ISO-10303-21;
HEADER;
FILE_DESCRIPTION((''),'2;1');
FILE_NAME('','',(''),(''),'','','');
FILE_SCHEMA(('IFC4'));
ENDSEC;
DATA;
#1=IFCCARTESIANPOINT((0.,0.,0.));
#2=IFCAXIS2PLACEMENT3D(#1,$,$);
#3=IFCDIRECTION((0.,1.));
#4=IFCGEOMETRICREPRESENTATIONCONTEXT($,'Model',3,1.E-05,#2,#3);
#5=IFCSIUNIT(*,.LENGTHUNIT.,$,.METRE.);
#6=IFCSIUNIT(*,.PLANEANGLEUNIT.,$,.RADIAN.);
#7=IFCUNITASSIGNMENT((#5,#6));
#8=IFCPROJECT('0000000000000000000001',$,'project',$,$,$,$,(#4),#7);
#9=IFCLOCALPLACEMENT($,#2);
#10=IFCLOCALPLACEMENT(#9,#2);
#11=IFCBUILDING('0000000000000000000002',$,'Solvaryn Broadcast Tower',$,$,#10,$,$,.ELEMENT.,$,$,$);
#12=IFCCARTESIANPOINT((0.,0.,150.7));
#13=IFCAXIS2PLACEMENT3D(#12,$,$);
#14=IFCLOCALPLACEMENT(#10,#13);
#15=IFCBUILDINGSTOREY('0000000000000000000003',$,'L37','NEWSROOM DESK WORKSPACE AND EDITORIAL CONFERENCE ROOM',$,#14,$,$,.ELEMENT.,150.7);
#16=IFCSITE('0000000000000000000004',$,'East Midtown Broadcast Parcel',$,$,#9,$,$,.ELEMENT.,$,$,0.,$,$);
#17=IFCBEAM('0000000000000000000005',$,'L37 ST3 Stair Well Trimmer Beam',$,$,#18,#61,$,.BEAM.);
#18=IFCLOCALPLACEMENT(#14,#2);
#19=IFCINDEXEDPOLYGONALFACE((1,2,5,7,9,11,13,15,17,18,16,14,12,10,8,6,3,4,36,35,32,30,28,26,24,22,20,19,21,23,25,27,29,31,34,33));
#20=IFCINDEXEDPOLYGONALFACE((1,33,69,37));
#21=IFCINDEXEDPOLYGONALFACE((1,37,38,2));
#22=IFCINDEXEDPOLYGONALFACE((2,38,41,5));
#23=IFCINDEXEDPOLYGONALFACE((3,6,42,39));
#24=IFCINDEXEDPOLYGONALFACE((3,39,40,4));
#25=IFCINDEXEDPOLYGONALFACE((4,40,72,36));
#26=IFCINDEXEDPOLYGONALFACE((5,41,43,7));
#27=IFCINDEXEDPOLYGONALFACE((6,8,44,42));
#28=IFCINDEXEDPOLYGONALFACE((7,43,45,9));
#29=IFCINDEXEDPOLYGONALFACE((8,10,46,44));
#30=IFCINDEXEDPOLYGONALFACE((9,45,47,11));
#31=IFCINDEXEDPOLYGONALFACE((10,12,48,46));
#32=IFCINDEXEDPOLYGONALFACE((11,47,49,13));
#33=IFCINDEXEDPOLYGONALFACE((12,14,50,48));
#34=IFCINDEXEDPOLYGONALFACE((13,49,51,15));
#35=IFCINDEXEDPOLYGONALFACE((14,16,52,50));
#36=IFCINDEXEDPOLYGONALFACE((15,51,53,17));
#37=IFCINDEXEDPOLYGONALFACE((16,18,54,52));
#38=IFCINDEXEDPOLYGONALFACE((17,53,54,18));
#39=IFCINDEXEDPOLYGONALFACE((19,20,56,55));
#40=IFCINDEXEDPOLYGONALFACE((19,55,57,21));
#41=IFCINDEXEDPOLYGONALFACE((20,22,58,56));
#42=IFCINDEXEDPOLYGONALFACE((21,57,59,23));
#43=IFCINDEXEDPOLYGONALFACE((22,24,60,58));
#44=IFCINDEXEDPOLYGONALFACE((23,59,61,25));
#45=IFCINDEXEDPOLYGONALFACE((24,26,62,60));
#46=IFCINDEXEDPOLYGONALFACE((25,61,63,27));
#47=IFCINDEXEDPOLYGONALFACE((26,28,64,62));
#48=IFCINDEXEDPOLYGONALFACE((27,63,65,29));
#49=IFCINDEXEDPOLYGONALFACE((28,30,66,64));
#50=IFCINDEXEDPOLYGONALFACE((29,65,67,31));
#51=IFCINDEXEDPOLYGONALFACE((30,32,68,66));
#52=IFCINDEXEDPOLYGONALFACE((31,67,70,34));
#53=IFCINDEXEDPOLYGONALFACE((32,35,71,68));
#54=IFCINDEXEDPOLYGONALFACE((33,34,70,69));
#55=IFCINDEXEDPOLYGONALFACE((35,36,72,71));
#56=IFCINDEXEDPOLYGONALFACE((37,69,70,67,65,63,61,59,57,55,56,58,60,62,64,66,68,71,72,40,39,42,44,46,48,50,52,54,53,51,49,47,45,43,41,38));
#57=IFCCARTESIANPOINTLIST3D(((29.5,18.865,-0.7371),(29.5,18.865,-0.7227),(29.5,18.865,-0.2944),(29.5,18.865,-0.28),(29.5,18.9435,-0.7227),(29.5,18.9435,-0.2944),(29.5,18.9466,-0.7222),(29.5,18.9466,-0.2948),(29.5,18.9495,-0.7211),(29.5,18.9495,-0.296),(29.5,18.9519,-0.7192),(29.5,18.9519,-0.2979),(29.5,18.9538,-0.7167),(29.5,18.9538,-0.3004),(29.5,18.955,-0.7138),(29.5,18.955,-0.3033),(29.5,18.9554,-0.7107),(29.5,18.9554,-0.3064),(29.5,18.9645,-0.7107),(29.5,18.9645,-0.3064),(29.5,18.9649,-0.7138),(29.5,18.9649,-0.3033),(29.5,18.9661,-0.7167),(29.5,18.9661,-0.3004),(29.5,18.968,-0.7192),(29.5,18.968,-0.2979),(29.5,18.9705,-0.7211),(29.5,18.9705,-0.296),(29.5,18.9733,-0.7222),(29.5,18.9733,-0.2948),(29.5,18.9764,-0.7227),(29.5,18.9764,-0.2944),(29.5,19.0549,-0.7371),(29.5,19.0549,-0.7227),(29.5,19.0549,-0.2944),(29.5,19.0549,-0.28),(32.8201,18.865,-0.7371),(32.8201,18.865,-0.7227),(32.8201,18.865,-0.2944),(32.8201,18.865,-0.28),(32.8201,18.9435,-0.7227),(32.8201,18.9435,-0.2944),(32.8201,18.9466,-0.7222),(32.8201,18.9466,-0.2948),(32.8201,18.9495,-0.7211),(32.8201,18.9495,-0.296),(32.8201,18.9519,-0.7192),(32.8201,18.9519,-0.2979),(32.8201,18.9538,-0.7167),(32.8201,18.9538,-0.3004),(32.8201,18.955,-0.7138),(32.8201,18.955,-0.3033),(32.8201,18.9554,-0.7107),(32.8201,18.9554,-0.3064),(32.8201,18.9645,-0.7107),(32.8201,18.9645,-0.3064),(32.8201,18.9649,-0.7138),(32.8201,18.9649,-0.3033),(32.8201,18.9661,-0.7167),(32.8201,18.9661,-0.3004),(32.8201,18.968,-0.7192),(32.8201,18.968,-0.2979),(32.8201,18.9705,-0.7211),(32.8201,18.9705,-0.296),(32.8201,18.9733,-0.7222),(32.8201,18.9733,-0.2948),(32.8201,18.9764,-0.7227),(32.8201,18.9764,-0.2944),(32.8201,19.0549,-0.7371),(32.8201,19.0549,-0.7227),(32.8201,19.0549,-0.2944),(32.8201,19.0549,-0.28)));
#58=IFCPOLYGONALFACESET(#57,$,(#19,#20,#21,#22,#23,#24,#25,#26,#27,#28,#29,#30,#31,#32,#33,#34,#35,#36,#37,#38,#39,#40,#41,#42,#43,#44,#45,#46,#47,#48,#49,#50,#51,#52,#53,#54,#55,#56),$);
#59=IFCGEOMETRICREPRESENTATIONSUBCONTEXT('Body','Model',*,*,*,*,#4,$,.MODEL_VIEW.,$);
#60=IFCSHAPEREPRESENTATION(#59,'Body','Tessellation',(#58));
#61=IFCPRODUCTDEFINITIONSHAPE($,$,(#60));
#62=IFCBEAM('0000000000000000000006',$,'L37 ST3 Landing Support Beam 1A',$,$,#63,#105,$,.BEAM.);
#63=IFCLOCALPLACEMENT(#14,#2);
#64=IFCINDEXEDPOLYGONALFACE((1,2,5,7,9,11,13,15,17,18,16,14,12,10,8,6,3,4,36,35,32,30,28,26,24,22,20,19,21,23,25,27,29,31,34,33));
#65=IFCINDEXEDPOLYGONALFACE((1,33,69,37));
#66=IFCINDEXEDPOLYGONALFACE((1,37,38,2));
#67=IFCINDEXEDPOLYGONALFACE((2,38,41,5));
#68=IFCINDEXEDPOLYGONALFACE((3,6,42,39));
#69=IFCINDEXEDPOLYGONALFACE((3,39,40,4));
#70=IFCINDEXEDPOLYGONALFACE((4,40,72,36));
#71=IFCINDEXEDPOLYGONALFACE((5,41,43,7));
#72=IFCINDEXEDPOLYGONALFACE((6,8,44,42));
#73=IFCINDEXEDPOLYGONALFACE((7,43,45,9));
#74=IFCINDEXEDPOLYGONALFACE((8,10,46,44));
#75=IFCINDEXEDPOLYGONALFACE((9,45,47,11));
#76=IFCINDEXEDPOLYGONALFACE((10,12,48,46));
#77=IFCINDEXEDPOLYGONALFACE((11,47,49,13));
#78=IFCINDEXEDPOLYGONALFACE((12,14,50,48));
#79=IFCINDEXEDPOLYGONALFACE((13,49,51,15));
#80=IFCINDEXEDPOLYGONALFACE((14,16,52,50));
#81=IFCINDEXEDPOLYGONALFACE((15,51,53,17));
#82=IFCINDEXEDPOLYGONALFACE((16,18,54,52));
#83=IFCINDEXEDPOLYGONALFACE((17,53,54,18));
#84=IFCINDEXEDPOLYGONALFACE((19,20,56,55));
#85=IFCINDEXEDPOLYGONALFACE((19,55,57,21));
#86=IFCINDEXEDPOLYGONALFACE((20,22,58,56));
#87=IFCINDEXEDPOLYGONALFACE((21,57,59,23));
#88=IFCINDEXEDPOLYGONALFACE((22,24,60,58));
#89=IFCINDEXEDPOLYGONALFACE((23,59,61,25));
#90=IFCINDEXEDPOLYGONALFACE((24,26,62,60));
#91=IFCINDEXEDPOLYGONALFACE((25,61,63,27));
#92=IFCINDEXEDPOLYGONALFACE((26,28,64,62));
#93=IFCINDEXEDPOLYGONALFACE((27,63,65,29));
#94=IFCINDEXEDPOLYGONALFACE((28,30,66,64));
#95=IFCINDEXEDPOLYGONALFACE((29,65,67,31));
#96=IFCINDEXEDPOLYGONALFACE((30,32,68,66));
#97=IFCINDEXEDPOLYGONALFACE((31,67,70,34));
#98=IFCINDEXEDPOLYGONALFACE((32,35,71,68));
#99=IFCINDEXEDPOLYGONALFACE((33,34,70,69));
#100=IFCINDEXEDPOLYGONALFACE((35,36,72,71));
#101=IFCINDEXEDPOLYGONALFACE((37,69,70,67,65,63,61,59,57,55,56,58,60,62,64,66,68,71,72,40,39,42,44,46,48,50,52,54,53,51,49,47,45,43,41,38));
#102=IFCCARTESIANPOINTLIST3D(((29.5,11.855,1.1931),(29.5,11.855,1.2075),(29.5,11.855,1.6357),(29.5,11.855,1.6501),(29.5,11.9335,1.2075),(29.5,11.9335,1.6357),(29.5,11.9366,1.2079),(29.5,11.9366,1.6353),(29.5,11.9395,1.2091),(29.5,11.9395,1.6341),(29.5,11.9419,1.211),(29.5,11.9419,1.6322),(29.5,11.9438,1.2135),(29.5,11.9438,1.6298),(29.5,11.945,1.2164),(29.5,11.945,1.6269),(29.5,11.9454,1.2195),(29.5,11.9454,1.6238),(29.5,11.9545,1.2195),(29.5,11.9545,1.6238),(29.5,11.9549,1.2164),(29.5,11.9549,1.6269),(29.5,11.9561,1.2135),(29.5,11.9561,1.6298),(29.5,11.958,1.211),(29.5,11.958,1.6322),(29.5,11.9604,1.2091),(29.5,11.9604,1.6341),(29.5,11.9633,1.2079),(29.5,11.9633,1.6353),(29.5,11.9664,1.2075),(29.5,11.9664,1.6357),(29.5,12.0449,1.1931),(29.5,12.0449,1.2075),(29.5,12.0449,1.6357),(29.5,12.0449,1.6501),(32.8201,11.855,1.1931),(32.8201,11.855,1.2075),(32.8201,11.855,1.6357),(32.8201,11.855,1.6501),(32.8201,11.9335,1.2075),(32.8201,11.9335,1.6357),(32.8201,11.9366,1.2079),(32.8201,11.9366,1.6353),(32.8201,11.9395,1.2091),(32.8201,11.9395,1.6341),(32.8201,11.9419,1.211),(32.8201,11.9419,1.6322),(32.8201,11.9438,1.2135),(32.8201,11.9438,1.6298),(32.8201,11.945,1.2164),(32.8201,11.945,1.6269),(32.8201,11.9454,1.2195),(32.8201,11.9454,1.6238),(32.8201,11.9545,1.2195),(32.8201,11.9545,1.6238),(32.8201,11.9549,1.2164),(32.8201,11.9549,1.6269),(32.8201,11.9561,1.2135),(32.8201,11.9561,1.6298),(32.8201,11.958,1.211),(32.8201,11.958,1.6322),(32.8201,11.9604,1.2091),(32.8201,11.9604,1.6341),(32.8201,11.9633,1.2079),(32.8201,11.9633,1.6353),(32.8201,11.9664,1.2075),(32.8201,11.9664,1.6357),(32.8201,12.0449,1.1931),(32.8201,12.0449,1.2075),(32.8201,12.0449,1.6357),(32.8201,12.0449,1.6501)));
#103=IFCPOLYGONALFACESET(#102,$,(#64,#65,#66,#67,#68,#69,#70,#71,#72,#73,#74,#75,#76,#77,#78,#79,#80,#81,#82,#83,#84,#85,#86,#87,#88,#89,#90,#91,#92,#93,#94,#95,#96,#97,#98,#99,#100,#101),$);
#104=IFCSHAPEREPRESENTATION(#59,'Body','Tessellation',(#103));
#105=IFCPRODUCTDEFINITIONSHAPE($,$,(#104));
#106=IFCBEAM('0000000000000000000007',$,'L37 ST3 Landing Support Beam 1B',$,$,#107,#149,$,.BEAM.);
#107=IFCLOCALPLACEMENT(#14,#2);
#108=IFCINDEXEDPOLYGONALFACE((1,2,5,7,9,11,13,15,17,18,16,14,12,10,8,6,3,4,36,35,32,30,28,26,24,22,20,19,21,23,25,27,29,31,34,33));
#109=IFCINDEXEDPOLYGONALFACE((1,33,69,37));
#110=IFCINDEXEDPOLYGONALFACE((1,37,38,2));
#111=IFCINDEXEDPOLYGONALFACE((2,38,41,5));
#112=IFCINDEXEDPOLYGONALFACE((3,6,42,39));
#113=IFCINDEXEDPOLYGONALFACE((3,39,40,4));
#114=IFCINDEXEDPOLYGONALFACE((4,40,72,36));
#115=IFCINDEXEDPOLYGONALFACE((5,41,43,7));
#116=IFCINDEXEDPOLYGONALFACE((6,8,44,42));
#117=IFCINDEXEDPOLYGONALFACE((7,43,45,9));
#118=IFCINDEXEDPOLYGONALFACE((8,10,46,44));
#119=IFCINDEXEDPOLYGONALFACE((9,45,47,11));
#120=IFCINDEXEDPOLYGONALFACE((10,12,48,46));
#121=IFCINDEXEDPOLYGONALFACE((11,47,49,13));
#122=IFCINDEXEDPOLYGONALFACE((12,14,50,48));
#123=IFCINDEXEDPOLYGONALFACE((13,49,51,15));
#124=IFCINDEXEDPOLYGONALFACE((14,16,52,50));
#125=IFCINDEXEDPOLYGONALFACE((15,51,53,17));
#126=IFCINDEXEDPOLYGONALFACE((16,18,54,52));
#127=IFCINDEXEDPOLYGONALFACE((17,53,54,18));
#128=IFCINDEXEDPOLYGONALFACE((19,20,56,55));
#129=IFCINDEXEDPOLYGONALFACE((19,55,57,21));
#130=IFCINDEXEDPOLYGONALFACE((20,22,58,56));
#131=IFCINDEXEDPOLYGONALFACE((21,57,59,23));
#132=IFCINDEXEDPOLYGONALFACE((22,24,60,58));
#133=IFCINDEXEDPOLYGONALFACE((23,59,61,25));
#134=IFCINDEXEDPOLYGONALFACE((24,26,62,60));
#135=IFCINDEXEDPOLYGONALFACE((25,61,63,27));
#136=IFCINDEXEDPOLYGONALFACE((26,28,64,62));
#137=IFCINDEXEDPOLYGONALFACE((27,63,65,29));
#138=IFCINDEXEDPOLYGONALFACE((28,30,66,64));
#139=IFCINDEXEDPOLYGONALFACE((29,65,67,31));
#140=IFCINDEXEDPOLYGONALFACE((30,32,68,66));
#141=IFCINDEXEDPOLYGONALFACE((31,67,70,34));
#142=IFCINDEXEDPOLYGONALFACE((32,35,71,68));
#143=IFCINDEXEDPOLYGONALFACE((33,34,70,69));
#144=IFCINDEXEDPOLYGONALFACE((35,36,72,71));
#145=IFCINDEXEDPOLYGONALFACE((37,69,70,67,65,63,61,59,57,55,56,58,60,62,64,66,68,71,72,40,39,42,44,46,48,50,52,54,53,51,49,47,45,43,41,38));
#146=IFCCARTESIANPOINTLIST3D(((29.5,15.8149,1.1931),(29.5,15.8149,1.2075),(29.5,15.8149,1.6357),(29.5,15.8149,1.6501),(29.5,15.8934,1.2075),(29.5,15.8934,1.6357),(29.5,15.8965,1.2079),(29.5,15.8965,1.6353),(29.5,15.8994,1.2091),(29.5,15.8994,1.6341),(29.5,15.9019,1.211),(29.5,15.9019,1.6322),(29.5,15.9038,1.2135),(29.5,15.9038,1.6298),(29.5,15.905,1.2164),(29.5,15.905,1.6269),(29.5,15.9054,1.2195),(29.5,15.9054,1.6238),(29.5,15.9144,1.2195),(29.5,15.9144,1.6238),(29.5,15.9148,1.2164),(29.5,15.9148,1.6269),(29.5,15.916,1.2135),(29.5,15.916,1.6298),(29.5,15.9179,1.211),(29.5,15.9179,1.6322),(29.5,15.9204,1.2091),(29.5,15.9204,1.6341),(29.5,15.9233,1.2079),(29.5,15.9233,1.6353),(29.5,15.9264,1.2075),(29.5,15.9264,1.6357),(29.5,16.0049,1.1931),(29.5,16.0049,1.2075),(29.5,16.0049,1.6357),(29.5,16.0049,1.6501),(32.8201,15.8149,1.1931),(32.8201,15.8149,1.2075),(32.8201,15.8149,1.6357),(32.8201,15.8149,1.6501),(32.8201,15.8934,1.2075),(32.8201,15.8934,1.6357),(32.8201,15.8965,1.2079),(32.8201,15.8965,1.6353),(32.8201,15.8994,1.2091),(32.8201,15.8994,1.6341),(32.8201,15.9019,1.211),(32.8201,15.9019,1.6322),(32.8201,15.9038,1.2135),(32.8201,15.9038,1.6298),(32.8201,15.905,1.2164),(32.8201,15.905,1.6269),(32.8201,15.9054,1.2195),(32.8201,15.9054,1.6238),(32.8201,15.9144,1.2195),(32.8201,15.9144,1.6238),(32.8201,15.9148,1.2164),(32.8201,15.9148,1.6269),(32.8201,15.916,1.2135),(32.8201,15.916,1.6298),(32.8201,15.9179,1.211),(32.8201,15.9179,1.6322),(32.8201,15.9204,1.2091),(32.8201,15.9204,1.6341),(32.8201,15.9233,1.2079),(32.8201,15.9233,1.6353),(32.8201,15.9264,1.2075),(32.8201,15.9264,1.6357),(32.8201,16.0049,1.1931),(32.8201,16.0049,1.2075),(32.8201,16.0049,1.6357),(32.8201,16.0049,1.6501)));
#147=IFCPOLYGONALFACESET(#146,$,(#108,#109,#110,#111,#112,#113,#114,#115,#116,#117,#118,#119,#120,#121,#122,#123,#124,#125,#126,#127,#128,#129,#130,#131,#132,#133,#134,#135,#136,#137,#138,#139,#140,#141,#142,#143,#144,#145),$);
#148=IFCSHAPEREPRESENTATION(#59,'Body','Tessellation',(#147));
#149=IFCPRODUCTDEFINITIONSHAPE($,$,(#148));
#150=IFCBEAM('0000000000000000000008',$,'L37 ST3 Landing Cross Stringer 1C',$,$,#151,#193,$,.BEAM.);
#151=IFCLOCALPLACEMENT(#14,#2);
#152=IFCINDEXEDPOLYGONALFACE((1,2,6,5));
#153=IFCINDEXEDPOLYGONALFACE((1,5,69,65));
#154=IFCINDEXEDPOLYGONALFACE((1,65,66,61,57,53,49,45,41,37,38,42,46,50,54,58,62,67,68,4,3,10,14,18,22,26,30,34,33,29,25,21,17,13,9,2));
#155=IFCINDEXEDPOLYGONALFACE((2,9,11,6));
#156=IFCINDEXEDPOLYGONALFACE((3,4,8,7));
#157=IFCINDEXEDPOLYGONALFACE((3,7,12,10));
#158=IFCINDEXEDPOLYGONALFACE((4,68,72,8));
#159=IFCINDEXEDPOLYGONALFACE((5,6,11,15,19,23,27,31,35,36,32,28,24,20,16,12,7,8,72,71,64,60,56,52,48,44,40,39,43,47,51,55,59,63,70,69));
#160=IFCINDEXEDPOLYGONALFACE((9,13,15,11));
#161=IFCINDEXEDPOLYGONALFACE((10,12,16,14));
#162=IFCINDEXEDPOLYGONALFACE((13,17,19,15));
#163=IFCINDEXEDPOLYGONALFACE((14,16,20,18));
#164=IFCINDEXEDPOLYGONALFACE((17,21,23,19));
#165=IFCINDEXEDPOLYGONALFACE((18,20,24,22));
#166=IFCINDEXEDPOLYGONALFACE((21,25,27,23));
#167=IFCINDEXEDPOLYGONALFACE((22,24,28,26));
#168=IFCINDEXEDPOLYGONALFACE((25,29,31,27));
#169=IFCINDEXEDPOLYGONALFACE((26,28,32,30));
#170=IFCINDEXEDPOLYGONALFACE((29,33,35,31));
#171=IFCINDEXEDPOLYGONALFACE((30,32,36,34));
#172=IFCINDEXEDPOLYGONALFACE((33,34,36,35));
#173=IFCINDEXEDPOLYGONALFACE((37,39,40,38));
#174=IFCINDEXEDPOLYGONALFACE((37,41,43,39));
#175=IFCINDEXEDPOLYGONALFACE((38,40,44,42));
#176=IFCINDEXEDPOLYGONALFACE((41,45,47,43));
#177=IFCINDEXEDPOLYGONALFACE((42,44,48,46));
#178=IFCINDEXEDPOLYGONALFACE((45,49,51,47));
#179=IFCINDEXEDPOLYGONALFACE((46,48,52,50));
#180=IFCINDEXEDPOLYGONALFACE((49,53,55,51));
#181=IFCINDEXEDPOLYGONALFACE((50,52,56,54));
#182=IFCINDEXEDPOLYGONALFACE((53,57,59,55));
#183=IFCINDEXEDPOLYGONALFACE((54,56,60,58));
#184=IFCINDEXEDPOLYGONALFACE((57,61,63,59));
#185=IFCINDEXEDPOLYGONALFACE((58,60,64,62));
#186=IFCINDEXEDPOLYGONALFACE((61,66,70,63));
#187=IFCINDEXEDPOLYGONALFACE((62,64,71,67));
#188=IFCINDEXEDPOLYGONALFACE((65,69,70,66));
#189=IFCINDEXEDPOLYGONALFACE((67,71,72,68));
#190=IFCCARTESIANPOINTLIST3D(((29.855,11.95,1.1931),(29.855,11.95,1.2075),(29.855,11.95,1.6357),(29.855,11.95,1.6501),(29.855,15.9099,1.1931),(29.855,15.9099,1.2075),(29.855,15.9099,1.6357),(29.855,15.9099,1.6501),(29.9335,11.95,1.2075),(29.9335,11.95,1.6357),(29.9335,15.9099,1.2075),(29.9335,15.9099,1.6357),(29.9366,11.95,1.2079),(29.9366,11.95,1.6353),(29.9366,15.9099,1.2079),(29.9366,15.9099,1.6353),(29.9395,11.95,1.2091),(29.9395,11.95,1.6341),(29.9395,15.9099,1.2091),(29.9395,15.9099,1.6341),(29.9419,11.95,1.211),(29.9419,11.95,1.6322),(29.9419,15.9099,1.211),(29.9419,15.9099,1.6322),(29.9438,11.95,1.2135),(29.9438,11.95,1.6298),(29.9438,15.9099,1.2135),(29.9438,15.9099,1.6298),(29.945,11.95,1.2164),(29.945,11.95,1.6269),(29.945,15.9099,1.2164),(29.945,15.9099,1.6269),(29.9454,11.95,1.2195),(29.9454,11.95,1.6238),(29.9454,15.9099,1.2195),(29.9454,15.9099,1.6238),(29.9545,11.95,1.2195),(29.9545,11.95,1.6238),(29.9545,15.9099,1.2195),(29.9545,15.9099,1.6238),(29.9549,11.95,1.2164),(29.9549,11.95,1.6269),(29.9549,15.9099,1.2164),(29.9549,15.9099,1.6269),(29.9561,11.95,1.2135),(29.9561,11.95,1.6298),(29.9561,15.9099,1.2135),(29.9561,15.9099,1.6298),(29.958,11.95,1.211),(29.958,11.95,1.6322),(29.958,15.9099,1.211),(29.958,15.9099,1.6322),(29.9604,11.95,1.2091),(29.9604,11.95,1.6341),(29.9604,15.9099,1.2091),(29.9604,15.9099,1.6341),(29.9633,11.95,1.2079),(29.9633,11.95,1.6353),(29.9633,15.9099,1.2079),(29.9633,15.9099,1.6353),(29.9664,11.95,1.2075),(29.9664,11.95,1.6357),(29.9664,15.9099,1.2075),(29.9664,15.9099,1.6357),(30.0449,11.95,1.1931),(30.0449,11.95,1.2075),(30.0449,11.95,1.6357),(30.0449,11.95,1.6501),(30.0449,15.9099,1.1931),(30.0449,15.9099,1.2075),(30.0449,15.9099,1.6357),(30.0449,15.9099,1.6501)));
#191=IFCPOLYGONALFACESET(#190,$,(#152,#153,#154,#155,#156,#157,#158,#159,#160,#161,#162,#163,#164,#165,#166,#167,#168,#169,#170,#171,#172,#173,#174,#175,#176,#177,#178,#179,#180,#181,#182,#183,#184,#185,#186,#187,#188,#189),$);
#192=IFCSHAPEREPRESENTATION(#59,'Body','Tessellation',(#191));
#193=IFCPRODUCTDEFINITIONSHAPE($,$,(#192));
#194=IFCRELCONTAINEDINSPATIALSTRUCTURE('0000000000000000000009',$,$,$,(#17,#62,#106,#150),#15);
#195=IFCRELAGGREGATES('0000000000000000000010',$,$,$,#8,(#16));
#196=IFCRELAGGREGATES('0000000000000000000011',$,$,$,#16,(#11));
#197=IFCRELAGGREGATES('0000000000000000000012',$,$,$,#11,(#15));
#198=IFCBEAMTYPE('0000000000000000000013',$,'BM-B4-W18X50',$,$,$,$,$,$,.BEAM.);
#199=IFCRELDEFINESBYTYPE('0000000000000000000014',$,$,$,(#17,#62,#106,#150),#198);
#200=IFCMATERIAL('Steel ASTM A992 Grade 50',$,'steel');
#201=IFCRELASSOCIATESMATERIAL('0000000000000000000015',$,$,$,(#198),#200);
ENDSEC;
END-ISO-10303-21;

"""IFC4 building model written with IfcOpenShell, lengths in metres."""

from ifc_helpers import new_model, si_unit, direction, frame, origin, origin_2d, place, context, subcontext, project, spatial, i_section, extrude, material, material_profile, profile_set, type_object, element, save


model = new_model("IFC4")

# Units and contexts
model_context = context("Model", 3, precision=1e-05, world=origin(), true_north=direction((0.0, 1.0)))
body_context = subcontext(model_context, "Body", "Model", "MODEL_VIEW")
ifc_project = project(units=[si_unit("LENGTHUNIT", "METRE"), si_unit("PLANEANGLEUNIT", "RADIAN")], contexts=[model_context])

# Site, building, storey
site_placement = place(None, origin())
site = spatial("IfcSite", under=ifc_project, at=site_placement, Name="East Midtown Broadcast Parcel", CompositionType="ELEMENT", RefElevation=0.0)
building_placement = place(site_placement, origin())
building = spatial("IfcBuilding", under=site, at=building_placement, Name="Solvaryn Broadcast Tower", CompositionType="ELEMENT")
storey_placement = place(building_placement, frame((0.0, 0.0, 150.7)))
storey = spatial("IfcBuildingStorey", under=building, at=storey_placement, Name="L37", Description="NEWSROOM DESK WORKSPACE AND EDITORIAL CONFERENCE ROOM", CompositionType="ELEMENT", Elevation=150.7)

# Beams
ifc_material_1 = material(Name="Steel ASTM A992 Grade 50", Category="steel")
ifc_material_profile_1 = material_profile(ifc_material_1, i_section(OverallWidth=0.1899, OverallDepth=0.457, WebThickness=0.009, FlangeThickness=0.0144, FilletRadius=0.012, at=origin_2d()))
ifc_profile_set_1 = profile_set([ifc_material_profile_1], Name="Steel ASTM A992 Grade 50")
beam_type_1 = type_object("IfcBeamType", Name="BM-B4-W18X50", PredefinedType="BEAM", material=ifc_profile_set_1)
for number, where, z_axis, x_axis, name in (
    (1, (29.5, 18.96, -0.5085), (1.0, 0.0, 0.0), (0.0, 1.0, 0.0), "L37 ST3 Stair Well Trimmer Beam"),
    (2, (29.5, 11.95, 1.4216), (1.0, 0.0, 0.0), (0.0, 1.0, 0.0), "L37 ST3 Landing Support Beam 1A"),
    (3, (29.5, 15.9099, 1.4216), (1.0, 0.0, 0.0), (0.0, 1.0, 0.0), "L37 ST3 Landing Support Beam 1B"),
):
    element("IfcBeam", number, at=place(storey_placement, frame(where, z_axis=z_axis, x_axis=x_axis)), inside=storey, type_object=beam_type_1, Name=name, PredefinedType="BEAM", context=body_context, shape_type="SweptSolid", body=[
        extrude(i_section(OverallWidth=0.1899, OverallDepth=0.457, WebThickness=0.009, FlangeThickness=0.0144, FilletRadius=0.012, at=origin_2d()), origin(), (0.0, 0.0, 1.0), 3.3201),
    ])
beam_1_placement = place(storey_placement, frame((29.95, 11.95, 1.4216), z_axis=(0.0, 1.0, 0.0), x_axis=(-1.0, 0.0, 0.0)))
element("IfcBeam", 4, at=beam_1_placement, inside=storey, type_object=beam_type_1, Name="L37 ST3 Landing Cross Stringer 1C", PredefinedType="BEAM", context=body_context, shape_type="SweptSolid", body=[
    extrude(i_section(OverallWidth=0.1899, OverallDepth=0.457, WebThickness=0.009, FlangeThickness=0.0144, FilletRadius=0.012, at=origin_2d()), origin(), (0.0, 0.0, 1.0), 3.96),
])

save(model, "model.ifc")
